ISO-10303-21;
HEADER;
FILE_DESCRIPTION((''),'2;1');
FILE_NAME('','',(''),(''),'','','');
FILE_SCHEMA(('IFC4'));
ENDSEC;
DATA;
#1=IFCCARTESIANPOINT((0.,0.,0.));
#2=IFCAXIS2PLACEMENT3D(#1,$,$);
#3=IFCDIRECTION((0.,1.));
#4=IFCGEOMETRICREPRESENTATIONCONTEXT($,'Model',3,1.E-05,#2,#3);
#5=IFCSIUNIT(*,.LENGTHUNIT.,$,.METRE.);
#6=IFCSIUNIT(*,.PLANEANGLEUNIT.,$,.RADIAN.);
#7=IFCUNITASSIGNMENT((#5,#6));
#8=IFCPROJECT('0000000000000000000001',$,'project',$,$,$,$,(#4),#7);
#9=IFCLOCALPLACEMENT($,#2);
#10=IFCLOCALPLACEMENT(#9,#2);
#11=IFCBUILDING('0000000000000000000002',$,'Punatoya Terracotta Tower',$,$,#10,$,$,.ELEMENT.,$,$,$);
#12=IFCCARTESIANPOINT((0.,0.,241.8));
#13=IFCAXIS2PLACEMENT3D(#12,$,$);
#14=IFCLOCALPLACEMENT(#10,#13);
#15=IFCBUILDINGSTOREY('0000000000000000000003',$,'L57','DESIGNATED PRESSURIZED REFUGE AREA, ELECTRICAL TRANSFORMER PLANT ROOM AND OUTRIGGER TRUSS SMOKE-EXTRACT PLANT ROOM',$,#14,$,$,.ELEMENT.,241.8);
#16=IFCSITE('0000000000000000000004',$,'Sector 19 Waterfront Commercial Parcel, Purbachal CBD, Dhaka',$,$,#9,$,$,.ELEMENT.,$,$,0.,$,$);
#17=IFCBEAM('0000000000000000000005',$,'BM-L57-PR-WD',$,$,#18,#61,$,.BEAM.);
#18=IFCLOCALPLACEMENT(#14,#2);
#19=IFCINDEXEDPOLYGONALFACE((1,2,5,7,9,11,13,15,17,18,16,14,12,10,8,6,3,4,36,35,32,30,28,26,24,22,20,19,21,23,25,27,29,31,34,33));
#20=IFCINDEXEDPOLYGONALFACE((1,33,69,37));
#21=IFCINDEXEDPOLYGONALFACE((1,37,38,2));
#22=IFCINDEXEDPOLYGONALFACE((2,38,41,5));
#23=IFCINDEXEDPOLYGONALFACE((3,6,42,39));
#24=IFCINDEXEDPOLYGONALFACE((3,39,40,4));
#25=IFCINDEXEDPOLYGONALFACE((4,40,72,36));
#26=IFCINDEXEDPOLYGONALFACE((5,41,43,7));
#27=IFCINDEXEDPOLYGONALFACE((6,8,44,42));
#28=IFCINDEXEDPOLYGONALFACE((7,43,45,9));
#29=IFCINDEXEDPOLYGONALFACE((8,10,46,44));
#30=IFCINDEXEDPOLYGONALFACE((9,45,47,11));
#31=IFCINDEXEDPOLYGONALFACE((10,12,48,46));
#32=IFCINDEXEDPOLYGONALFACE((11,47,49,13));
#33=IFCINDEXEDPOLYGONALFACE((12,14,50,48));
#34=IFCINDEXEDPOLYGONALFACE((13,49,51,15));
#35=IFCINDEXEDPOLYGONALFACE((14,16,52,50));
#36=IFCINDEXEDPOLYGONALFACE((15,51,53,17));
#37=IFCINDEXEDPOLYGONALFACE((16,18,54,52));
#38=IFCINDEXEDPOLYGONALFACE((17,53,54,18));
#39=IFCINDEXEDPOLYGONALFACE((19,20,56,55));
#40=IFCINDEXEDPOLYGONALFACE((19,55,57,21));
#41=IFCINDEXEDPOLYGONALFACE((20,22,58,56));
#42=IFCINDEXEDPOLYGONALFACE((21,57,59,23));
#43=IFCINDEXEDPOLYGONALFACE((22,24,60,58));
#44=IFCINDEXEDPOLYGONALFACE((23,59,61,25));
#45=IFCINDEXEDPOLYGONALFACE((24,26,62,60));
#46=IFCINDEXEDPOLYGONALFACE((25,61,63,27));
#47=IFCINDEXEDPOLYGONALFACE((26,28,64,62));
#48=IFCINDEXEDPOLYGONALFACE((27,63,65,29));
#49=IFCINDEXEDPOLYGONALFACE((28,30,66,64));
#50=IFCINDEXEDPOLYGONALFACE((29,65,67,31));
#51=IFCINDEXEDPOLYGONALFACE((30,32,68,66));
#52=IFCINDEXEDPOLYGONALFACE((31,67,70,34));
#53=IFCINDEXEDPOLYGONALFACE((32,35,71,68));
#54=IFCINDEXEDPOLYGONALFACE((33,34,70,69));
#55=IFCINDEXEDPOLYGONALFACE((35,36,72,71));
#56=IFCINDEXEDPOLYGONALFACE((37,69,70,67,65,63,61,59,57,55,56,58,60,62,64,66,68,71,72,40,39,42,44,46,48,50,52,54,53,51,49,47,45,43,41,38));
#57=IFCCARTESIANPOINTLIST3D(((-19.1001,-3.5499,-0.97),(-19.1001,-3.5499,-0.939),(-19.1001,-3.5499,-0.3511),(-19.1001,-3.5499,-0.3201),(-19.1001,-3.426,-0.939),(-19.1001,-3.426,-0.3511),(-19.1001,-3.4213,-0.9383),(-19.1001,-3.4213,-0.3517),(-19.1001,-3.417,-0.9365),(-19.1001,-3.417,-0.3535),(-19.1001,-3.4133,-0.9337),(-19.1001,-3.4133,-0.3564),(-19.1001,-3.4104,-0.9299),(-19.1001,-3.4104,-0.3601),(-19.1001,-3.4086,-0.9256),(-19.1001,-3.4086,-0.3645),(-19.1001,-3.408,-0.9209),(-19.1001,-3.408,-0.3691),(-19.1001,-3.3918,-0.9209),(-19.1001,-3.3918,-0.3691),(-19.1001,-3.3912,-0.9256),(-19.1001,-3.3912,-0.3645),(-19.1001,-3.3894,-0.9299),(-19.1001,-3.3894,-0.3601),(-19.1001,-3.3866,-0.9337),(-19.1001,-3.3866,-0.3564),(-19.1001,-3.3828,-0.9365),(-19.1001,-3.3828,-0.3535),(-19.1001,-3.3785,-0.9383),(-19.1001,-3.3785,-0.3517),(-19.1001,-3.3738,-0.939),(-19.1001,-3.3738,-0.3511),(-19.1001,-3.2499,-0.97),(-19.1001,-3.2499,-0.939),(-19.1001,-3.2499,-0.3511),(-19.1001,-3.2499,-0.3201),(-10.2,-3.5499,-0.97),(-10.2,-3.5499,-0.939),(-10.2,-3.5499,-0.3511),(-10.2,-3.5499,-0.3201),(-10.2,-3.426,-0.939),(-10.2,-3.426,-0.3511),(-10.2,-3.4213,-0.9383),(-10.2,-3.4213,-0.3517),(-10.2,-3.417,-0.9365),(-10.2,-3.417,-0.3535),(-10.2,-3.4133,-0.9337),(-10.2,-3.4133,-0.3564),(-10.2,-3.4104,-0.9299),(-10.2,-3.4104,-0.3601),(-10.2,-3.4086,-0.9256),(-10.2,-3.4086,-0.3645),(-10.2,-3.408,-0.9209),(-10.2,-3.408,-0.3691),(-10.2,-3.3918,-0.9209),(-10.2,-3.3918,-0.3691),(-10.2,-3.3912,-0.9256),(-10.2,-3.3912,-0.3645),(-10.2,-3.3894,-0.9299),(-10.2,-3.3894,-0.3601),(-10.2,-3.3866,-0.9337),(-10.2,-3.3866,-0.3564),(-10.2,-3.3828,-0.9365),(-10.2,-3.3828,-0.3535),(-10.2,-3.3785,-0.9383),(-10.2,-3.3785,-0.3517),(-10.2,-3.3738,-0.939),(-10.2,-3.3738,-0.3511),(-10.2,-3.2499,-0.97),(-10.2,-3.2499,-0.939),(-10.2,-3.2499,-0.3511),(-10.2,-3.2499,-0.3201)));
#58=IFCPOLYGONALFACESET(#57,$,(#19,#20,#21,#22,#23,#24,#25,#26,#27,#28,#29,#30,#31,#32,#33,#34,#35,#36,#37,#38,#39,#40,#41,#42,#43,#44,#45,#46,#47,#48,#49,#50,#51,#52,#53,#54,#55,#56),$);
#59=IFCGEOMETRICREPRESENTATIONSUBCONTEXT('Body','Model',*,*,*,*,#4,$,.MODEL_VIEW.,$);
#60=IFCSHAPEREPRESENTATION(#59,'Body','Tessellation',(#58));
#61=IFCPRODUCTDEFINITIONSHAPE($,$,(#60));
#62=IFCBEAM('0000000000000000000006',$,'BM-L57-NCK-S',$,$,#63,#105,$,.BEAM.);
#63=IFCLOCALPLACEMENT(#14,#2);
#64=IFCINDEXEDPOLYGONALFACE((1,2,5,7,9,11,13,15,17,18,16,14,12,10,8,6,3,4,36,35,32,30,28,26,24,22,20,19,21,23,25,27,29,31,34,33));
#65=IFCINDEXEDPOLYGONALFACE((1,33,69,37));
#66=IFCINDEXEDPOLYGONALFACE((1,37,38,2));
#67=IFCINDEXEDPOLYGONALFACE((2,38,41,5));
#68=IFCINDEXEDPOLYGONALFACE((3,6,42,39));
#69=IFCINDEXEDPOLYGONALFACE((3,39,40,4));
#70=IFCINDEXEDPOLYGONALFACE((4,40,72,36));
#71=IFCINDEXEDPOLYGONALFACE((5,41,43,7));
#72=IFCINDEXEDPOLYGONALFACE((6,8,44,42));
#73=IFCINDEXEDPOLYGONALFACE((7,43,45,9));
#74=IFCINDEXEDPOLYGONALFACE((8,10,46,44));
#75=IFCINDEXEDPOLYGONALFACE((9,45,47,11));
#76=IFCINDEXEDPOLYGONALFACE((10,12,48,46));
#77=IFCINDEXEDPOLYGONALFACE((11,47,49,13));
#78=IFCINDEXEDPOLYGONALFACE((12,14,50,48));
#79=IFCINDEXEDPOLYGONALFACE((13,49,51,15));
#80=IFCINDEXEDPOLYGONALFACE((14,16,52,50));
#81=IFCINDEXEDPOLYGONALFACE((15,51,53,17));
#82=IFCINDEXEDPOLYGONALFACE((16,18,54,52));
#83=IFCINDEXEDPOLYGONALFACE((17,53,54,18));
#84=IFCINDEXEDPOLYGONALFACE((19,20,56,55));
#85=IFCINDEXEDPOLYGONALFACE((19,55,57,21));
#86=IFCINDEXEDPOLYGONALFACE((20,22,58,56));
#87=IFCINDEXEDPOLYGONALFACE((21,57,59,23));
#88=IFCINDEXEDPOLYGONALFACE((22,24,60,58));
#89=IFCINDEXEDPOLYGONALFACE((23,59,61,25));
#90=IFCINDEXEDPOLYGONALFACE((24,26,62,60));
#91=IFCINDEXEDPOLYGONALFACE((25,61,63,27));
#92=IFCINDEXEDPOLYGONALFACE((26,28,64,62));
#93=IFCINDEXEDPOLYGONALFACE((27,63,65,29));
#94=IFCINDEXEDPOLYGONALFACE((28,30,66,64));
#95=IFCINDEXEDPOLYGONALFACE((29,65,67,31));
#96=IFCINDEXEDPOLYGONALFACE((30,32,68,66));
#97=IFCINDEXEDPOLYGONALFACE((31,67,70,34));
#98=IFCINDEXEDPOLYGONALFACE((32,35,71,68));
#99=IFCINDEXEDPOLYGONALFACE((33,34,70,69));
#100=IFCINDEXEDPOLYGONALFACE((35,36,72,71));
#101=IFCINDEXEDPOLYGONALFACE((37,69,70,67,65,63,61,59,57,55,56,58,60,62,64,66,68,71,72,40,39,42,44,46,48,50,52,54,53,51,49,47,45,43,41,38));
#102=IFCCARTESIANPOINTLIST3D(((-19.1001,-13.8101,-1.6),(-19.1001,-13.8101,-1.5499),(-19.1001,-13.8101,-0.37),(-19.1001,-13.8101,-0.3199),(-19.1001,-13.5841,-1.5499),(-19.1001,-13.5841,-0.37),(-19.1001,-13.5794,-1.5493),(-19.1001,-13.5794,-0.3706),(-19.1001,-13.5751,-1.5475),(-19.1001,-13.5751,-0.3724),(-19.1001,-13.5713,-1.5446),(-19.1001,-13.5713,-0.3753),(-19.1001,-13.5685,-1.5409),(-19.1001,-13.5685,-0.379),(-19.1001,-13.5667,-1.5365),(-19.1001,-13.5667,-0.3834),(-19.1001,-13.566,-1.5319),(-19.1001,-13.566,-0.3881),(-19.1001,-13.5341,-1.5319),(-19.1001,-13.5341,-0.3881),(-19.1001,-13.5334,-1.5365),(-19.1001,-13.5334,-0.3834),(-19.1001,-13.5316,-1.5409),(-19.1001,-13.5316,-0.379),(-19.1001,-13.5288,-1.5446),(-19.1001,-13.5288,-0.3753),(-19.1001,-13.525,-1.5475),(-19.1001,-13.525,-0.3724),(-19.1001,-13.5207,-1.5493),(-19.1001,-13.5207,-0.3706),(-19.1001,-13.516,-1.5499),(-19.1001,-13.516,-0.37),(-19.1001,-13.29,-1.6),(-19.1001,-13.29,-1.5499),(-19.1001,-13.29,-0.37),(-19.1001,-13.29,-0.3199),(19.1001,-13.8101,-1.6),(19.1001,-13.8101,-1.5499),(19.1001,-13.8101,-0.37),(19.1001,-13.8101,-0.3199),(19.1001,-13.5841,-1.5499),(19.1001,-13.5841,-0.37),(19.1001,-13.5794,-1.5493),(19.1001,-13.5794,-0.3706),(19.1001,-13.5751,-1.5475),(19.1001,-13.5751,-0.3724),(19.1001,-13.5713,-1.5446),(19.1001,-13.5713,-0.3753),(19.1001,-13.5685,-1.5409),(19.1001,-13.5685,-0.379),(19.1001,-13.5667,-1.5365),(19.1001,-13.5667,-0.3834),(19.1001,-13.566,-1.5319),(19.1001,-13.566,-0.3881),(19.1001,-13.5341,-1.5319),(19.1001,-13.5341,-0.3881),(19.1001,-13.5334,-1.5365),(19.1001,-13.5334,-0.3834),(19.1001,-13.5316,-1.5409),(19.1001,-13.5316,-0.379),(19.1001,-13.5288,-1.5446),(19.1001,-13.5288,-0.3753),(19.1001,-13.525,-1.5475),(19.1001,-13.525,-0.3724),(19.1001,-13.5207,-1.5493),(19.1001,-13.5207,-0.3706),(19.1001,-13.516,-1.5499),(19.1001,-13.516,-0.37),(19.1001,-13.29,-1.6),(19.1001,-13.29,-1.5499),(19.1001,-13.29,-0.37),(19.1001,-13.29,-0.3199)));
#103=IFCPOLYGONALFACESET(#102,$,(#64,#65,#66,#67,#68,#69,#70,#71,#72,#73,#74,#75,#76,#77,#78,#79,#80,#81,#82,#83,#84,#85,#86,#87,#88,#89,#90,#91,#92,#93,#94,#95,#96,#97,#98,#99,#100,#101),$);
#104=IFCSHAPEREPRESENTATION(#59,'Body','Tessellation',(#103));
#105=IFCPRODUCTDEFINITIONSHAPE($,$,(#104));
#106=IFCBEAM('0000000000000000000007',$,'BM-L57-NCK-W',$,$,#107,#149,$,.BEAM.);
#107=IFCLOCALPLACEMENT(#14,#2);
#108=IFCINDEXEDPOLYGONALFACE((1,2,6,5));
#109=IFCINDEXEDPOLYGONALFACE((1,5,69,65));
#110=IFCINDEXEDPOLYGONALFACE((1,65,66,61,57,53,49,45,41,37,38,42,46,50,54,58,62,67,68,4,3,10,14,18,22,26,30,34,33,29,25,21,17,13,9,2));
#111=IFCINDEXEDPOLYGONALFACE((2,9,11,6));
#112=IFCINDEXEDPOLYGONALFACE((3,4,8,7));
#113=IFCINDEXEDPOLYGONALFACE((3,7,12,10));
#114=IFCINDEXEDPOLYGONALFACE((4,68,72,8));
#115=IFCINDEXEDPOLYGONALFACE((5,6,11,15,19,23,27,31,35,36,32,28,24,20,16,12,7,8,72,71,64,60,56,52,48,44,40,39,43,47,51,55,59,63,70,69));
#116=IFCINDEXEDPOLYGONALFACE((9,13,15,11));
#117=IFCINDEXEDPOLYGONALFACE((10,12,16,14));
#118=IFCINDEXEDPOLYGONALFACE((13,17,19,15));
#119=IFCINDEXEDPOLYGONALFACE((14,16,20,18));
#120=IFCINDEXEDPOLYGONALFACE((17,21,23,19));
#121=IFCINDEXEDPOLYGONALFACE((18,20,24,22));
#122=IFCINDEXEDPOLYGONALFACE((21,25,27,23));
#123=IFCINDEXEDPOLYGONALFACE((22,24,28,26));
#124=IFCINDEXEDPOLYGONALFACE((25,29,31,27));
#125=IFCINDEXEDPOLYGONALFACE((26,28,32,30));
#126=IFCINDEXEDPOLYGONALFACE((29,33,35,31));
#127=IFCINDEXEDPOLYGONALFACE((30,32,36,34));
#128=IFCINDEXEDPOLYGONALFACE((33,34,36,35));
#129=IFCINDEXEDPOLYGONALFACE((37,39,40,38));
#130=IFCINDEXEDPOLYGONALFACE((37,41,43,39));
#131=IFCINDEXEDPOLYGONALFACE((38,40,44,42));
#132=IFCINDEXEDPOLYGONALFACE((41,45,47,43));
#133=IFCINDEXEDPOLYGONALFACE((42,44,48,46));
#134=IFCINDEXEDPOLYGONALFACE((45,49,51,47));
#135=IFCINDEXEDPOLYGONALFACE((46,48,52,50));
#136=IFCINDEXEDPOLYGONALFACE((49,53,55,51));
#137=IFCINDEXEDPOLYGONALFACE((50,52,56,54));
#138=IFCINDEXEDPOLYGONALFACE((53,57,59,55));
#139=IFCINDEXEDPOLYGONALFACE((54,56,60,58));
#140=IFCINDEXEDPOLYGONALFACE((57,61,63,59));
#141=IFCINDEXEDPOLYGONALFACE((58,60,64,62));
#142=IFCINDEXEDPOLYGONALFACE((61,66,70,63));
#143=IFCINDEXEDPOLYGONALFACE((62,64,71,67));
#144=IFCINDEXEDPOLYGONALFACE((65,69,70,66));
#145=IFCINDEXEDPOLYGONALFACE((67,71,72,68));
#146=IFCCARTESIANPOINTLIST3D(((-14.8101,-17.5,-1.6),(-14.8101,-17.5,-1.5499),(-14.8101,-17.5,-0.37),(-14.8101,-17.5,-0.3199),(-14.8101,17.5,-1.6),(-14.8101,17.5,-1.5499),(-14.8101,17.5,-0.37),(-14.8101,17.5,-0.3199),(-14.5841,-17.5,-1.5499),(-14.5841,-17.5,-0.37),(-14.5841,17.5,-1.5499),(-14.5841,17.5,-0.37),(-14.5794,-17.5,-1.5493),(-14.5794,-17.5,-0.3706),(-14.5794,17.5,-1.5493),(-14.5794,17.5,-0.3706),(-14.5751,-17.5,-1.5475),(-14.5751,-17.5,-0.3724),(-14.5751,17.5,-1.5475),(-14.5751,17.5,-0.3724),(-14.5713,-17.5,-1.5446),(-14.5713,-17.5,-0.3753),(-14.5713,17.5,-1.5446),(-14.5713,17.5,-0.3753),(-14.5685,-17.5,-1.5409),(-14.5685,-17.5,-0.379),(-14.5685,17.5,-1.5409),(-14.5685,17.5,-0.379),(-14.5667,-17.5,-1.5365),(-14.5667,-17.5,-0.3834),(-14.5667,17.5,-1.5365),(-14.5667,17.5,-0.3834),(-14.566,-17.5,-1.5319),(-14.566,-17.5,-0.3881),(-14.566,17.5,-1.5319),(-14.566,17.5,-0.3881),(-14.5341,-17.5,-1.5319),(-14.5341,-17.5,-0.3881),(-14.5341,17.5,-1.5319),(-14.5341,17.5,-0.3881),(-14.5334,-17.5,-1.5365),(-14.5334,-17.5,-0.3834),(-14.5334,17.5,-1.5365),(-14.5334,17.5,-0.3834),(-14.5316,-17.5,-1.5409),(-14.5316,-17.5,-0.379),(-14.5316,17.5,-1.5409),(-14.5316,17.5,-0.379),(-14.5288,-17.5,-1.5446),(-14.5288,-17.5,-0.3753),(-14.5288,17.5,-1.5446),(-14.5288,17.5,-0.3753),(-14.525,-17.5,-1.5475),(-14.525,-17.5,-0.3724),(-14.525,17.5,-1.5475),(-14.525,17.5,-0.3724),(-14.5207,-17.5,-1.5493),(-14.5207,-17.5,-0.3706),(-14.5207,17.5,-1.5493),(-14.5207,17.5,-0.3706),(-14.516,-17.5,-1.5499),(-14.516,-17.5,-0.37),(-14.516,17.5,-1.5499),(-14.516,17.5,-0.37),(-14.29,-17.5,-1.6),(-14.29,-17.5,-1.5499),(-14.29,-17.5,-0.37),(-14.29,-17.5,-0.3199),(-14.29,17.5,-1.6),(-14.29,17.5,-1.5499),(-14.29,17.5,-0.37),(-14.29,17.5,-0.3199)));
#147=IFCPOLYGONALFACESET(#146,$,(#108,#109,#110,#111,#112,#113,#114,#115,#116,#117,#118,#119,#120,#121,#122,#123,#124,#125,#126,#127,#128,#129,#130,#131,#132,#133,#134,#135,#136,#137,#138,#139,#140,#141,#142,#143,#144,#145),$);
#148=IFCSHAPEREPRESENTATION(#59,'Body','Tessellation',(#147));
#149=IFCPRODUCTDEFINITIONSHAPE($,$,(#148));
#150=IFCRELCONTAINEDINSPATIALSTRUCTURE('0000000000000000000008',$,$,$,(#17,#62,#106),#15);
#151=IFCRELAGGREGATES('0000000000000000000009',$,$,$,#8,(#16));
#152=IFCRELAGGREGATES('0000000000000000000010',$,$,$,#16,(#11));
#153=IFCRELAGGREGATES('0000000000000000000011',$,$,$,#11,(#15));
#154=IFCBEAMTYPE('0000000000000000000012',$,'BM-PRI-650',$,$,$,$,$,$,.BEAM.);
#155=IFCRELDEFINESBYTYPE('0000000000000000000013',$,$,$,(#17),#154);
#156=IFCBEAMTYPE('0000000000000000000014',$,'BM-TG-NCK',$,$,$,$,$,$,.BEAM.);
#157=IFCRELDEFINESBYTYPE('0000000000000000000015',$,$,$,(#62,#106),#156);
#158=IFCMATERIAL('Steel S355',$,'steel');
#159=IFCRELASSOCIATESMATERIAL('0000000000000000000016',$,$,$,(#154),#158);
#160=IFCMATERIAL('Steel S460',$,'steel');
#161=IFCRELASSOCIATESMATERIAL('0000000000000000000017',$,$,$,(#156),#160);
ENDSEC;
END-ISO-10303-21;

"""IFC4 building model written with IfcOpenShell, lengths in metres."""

from ifc_helpers import new_model, si_unit, direction, frame, origin, origin_2d, place, context, subcontext, project, spatial, i_section, extrude, material, material_profile, profile_set, type_object, element, save


model = new_model("IFC4")

# Units and contexts
model_context = context("Model", 3, precision=1e-05, world=origin(), true_north=direction((0.0, 1.0)))
body_context = subcontext(model_context, "Body", "Model", "MODEL_VIEW")
ifc_project = project(units=[si_unit("LENGTHUNIT", "METRE"), si_unit("PLANEANGLEUNIT", "RADIAN")], contexts=[model_context])

# Site, building, storey
site_placement = place(None, origin())
site = spatial("IfcSite", under=ifc_project, at=site_placement, Name="Sector 19 Waterfront Commercial Parcel, Purbachal CBD, Dhaka", CompositionType="ELEMENT", RefElevation=0.0)
building_placement = place(site_placement, origin())
building = spatial("IfcBuilding", under=site, at=building_placement, Name="Punatoya Terracotta Tower", CompositionType="ELEMENT")
storey_placement = place(building_placement, frame((0.0, 0.0, 241.8)))
storey = spatial("IfcBuildingStorey", under=building, at=storey_placement, Name="L57", Description="DESIGNATED PRESSURIZED REFUGE AREA, ELECTRICAL TRANSFORMER PLANT ROOM AND OUTRIGGER TRUSS SMOKE-EXTRACT PLANT ROOM", CompositionType="ELEMENT", Elevation=241.8)

# Shared definitions
ifc_material_1 = material(Name="Steel S460", Category="steel")

# Beams
ifc_material_2 = material(Name="Steel S355", Category="steel")
ifc_material_profile_1 = material_profile(ifc_material_2, i_section(OverallWidth=0.3, OverallDepth=0.6499, WebThickness=0.0161, FlangeThickness=0.031, FilletRadius=0.0181, at=origin_2d()))
ifc_profile_set_1 = profile_set([ifc_material_profile_1], Name="Steel S355")
beam_type_1 = type_object("IfcBeamType", Name="BM-PRI-650", PredefinedType="BEAM", material=ifc_profile_set_1)
beam_1_placement = place(storey_placement, frame((-19.1001, -3.3999, -0.645), z_axis=(1.0, 0.0, 0.0), x_axis=(0.0, 1.0, 0.0)))
element("IfcBeam", 1, at=beam_1_placement, inside=storey, type_object=beam_type_1, Name="BM-L57-PR-WD", PredefinedType="BEAM", context=body_context, shape_type="SweptSolid", body=[
    extrude(i_section(OverallWidth=0.3, OverallDepth=0.6499, WebThickness=0.0161, FlangeThickness=0.031, FilletRadius=0.0181, at=origin_2d()), origin(), (0.0, 0.0, 1.0), 8.9001),
])
ifc_material_profile_2 = material_profile(ifc_material_1, i_section(OverallWidth=0.52, OverallDepth=1.28, WebThickness=0.032, FlangeThickness=0.05, FilletRadius=0.0181, at=origin_2d()))
ifc_profile_set_2 = profile_set([ifc_material_profile_2], Name="Steel S460")
beam_type_2 = type_object("IfcBeamType", Name="BM-TG-NCK", PredefinedType="BEAM", material=ifc_profile_set_2)
beam_2_placement = place(storey_placement, frame((-19.1001, -13.55, -0.96), z_axis=(1.0, 0.0, 0.0), x_axis=(0.0, 1.0, 0.0)))
element("IfcBeam", 2, at=beam_2_placement, inside=storey, type_object=beam_type_2, Name="BM-L57-NCK-S", PredefinedType="BEAM", context=body_context, shape_type="SweptSolid", body=[
    extrude(i_section(OverallWidth=0.52, OverallDepth=1.28, WebThickness=0.032, FlangeThickness=0.05, FilletRadius=0.0181, at=origin_2d()), origin(), (0.0, 0.0, 1.0), 38.2002),
])
beam_3_placement = place(storey_placement, frame((-14.55, -17.5, -0.96), z_axis=(0.0, 1.0, 0.0), x_axis=(-1.0, 0.0, 0.0)))
element("IfcBeam", 3, at=beam_3_placement, inside=storey, type_object=beam_type_2, Name="BM-L57-NCK-W", PredefinedType="BEAM", context=body_context, shape_type="SweptSolid", body=[
    extrude(i_section(OverallWidth=0.52, OverallDepth=1.28, WebThickness=0.032, FlangeThickness=0.05, FilletRadius=0.0181, at=origin_2d()), origin(), (0.0, 0.0, 1.0), 35.0),
])

save(model, "model.ifc")
